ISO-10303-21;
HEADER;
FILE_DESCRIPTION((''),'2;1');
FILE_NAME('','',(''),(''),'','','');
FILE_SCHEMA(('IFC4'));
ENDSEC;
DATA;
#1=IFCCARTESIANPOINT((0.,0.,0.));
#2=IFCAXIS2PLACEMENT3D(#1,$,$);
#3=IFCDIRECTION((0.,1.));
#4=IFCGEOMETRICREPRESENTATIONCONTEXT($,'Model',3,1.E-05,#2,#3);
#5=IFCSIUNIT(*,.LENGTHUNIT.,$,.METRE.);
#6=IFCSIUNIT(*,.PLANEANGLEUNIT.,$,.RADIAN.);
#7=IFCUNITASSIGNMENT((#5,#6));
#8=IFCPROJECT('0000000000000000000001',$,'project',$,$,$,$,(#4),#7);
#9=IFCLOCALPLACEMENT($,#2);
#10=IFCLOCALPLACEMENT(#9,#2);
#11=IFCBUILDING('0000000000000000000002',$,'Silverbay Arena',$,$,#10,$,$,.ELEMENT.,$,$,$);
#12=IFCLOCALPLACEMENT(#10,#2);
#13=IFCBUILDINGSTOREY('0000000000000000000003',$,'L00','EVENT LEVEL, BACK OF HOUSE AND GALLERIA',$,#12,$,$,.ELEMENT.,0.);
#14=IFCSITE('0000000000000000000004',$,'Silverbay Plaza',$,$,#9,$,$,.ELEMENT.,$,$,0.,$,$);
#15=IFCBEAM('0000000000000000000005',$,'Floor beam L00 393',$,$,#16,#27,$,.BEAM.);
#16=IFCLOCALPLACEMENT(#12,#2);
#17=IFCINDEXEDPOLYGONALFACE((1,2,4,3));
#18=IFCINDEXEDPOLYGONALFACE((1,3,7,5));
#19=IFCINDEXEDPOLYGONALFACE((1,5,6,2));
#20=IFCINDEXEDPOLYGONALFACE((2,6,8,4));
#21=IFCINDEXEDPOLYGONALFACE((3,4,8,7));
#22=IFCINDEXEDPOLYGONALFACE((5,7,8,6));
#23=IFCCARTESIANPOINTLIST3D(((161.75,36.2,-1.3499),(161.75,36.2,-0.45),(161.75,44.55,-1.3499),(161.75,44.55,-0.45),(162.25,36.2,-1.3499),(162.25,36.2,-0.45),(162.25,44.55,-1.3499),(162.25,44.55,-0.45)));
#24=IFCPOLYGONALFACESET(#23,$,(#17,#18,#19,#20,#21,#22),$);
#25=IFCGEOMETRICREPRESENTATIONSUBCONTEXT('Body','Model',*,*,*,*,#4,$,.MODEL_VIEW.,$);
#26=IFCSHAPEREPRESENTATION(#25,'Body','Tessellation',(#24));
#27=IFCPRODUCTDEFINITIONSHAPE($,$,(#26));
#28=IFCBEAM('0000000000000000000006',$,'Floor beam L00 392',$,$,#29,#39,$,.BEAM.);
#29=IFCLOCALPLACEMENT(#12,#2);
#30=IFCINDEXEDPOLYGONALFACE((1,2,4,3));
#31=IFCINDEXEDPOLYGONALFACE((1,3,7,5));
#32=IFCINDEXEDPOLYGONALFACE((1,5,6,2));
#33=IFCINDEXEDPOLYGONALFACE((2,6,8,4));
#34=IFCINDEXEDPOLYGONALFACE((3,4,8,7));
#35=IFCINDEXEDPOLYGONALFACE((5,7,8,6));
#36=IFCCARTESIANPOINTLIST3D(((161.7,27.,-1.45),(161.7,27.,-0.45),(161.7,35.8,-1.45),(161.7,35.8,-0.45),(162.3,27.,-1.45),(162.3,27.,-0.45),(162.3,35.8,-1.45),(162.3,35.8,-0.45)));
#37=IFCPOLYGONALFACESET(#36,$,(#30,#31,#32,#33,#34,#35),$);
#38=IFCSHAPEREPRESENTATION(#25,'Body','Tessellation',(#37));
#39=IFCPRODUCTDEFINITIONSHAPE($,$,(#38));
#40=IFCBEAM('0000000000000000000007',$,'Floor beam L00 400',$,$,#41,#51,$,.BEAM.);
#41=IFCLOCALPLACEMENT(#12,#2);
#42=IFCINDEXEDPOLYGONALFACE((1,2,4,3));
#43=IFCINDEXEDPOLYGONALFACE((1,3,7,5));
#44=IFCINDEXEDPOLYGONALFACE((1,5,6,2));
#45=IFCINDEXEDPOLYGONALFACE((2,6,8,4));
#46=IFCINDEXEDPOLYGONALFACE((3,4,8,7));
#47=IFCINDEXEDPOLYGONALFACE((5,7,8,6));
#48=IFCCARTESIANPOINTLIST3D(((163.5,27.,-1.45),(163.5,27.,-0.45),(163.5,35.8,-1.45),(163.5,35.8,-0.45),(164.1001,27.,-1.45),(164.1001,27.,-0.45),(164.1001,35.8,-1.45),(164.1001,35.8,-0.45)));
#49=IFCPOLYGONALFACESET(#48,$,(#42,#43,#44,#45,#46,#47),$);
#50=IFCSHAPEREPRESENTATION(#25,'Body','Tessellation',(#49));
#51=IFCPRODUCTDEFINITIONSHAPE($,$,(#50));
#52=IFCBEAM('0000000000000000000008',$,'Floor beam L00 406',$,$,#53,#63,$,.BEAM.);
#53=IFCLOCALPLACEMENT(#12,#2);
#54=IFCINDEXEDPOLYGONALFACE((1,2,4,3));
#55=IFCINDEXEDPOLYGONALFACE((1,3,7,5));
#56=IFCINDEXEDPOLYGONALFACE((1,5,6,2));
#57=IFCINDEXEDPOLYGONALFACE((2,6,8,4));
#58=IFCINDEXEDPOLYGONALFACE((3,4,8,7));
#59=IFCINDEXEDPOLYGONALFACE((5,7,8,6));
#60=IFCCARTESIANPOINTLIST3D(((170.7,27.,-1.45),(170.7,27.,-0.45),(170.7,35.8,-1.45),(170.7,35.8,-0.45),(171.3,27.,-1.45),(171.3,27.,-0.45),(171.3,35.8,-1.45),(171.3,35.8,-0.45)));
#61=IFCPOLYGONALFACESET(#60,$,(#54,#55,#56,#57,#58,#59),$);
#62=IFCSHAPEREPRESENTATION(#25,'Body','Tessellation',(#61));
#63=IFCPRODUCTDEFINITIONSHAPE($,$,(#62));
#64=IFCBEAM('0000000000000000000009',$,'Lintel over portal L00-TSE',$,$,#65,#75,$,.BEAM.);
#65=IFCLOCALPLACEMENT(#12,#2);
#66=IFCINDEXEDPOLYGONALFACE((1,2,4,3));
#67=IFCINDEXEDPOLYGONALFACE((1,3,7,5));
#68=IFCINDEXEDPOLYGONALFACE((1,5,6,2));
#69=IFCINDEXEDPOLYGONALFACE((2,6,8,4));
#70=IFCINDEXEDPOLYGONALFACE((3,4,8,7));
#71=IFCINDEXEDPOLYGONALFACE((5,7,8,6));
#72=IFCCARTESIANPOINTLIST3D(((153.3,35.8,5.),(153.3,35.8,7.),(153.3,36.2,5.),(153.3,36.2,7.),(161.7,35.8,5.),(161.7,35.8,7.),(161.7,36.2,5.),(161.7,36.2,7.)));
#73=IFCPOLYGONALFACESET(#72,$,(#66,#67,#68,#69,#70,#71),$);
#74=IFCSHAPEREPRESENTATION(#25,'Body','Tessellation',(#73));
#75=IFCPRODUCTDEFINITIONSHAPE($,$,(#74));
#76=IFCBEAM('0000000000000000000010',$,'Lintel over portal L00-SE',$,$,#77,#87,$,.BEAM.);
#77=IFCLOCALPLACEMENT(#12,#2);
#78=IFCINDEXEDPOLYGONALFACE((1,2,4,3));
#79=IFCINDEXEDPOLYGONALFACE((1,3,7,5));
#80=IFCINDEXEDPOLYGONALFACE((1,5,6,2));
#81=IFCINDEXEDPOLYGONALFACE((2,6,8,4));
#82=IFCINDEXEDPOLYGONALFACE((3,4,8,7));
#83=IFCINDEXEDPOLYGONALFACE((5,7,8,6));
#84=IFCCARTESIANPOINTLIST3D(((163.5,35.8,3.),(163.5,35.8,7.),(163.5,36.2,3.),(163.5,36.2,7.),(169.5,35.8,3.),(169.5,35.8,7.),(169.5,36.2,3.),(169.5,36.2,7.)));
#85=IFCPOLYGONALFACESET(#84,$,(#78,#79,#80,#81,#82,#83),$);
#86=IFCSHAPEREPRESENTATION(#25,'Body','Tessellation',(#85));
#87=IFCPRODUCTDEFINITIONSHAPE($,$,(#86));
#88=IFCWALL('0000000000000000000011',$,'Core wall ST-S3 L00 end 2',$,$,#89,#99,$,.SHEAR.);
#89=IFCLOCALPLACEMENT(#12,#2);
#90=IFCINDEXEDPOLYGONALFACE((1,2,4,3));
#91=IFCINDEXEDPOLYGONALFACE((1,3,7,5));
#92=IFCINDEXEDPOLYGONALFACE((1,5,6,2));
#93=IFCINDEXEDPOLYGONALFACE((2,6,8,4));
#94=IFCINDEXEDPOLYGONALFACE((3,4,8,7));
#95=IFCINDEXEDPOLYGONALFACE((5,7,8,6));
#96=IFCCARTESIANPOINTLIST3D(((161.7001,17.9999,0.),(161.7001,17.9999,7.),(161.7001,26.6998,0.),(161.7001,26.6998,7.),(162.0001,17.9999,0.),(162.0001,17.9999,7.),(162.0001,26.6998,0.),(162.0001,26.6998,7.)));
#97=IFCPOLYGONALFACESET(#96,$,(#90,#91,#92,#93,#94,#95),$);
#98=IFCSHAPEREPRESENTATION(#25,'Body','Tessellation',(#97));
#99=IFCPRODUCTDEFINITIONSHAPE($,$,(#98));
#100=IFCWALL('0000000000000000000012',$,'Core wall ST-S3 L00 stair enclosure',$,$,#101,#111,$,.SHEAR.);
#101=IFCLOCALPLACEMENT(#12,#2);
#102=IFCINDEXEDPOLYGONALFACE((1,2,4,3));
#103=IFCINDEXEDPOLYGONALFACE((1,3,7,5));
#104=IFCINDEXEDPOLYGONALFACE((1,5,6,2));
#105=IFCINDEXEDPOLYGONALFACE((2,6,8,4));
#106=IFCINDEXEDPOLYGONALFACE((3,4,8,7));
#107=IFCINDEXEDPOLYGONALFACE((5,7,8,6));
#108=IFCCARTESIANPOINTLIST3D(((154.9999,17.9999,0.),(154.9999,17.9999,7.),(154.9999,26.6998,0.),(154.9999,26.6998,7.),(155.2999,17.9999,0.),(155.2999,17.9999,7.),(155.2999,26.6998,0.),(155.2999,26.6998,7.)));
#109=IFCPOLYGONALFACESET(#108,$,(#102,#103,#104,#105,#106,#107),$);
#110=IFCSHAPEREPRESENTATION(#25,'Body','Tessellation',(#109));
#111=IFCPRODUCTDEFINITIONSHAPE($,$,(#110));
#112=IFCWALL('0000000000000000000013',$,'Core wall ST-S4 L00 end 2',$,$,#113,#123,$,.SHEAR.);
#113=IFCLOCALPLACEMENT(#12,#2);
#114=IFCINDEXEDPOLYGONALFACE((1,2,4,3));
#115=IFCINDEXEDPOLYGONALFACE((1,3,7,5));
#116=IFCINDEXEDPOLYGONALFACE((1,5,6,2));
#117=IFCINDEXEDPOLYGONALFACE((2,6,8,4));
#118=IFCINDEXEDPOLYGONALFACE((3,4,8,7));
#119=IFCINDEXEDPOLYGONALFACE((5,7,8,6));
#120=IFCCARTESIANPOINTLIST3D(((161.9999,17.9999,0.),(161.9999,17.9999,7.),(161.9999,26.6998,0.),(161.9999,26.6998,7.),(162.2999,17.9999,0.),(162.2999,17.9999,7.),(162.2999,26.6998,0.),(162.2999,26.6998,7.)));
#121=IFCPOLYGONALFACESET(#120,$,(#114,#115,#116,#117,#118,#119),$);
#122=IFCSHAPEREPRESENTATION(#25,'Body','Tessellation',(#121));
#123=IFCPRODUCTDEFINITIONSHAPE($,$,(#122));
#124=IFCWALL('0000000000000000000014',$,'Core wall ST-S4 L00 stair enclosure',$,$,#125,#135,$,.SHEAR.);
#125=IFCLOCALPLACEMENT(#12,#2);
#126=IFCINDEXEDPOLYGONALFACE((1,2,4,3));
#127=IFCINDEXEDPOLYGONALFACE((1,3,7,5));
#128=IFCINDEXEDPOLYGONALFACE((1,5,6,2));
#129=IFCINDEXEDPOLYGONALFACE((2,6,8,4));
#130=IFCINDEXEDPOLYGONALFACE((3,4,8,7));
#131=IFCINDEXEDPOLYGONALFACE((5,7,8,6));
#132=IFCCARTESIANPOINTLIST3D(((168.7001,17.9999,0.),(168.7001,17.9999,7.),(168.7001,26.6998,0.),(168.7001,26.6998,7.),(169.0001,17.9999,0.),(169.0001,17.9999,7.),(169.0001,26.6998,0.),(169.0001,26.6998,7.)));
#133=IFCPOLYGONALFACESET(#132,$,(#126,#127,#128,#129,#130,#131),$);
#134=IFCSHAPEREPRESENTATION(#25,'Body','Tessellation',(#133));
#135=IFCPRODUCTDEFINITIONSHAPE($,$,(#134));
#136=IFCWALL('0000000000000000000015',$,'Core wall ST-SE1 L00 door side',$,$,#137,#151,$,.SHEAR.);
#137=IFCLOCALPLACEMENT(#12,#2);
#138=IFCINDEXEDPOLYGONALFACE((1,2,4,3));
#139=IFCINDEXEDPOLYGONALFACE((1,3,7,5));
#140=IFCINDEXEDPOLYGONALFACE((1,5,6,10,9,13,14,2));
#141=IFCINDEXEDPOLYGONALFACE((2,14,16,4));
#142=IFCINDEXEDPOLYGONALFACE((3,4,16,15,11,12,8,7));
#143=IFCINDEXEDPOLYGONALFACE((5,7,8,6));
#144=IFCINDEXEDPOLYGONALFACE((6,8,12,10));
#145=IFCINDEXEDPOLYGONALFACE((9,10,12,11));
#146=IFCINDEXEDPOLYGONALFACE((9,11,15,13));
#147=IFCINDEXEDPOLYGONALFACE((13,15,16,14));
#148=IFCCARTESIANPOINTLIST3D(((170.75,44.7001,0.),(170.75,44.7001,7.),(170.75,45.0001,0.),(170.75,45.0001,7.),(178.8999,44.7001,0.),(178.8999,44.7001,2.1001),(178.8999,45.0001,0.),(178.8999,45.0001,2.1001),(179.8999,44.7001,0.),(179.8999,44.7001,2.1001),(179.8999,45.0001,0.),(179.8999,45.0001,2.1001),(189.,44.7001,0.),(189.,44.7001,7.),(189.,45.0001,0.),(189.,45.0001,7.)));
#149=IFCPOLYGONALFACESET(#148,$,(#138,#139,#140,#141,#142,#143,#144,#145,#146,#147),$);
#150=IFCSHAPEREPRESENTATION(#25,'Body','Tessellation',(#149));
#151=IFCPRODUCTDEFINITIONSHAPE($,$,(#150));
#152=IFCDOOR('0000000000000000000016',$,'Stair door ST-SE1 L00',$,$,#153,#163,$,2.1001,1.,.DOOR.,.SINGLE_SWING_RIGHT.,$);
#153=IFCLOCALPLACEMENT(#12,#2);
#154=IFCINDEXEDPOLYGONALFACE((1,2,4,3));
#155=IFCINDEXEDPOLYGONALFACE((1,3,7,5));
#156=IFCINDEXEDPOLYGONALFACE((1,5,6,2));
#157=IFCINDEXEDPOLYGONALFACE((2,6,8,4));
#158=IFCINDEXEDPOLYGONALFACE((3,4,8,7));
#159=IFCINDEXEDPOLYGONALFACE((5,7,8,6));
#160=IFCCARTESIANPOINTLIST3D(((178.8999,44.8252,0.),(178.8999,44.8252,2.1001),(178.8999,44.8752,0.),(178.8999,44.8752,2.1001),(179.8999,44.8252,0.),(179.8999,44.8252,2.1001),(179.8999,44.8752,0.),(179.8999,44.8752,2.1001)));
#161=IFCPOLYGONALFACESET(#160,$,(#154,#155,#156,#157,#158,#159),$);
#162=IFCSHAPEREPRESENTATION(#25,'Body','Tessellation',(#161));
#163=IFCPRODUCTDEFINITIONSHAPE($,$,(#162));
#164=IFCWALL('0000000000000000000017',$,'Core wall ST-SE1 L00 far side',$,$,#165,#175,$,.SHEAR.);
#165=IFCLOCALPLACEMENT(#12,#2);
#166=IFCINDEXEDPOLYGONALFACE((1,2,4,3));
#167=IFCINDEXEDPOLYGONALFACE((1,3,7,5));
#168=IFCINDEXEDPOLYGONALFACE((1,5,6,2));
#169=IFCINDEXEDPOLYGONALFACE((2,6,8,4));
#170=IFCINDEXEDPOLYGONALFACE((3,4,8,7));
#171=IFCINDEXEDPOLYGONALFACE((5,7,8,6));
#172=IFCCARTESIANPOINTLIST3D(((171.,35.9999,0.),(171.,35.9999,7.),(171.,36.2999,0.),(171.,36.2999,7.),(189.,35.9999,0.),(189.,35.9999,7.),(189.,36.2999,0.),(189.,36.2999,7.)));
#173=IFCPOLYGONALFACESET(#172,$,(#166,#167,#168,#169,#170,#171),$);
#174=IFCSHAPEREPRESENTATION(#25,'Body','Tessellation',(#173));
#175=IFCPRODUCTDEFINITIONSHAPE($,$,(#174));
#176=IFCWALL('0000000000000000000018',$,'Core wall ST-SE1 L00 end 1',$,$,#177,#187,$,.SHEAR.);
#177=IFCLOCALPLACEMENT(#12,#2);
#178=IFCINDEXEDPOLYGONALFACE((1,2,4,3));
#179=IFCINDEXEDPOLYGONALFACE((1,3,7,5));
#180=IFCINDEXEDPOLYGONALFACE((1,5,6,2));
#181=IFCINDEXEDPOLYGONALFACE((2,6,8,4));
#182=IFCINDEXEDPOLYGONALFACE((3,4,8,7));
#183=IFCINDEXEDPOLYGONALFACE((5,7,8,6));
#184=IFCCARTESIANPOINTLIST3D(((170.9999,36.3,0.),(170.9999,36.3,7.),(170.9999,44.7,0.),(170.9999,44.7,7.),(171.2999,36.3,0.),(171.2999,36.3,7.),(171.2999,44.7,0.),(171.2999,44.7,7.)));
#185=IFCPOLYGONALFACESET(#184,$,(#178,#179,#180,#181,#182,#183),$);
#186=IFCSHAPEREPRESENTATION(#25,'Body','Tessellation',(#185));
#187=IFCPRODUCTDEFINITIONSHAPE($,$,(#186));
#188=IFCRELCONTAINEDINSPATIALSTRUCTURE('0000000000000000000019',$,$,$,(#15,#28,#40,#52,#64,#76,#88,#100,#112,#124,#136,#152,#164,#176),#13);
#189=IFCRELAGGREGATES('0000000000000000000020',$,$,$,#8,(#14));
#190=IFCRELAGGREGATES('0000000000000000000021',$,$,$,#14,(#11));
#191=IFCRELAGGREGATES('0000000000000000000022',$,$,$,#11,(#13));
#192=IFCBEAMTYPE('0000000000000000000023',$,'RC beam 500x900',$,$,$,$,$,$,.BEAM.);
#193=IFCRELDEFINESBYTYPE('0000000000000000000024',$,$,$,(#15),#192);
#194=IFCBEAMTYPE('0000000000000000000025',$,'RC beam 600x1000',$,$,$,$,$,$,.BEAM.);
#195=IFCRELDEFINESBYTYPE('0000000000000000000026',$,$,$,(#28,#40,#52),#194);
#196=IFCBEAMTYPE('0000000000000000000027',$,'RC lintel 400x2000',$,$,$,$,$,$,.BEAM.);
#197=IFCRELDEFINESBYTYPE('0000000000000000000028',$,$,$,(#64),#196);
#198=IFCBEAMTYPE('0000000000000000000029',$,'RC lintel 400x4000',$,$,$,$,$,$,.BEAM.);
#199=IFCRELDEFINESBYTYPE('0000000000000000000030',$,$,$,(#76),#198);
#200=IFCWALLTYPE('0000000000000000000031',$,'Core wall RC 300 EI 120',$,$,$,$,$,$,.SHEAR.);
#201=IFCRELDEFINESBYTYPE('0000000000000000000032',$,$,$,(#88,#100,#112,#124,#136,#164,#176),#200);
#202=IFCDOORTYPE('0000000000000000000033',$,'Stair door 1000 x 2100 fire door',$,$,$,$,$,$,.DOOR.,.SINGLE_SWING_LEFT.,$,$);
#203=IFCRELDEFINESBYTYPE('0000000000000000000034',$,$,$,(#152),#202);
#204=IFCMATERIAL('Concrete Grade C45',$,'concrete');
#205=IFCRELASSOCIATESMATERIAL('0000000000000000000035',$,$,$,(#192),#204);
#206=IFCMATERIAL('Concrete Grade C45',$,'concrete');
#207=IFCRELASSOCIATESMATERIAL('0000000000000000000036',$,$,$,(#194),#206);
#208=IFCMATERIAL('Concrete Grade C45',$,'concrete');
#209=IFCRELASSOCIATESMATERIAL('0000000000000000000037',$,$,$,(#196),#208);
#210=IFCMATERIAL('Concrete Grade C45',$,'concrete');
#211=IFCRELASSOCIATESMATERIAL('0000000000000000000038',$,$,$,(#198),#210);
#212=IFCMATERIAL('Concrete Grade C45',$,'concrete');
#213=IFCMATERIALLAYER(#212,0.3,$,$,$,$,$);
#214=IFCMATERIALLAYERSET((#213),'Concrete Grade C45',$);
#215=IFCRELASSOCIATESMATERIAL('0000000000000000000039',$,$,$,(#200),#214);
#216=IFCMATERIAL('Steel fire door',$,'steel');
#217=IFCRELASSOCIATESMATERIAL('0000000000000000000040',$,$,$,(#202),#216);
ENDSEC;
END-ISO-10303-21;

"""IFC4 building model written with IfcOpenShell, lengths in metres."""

from ifc_helpers import new_model, si_unit, direction, frame, frame_2d, origin, origin_2d, place, context, subcontext, project, spatial, rectangle, extrude, material, layer, layer_set, material_profile, profile_set, type_object, element, fill, save


model = new_model("IFC4")

# Units and contexts
model_context = context("Model", 3, precision=1e-05, world=origin(), true_north=direction((0.0, 1.0)))
body_context = subcontext(model_context, "Body", "Model", "MODEL_VIEW")
ifc_project = project(units=[si_unit("LENGTHUNIT", "METRE"), si_unit("PLANEANGLEUNIT", "RADIAN")], contexts=[model_context])

# Site, building, storey
site_placement = place(None, origin())
site = spatial("IfcSite", under=ifc_project, at=site_placement, Name="Silverbay Plaza", CompositionType="ELEMENT", RefElevation=0.0)
building_placement = place(site_placement, origin())
building = spatial("IfcBuilding", under=site, at=building_placement, Name="Silverbay Arena", CompositionType="ELEMENT")
storey_placement = place(building_placement, origin())
storey = spatial("IfcBuildingStorey", under=building, at=storey_placement, Name="L00", Description="EVENT LEVEL, BACK OF HOUSE AND GALLERIA", CompositionType="ELEMENT", Elevation=0.0)

# Beams
ifc_material_1 = material(Name="Concrete Grade C45", Category="concrete")
ifc_material_profile_1 = material_profile(ifc_material_1, rectangle(XDim=0.5, YDim=0.8999, at=origin_2d()), Name="RC 500x900")
ifc_profile_set_1 = profile_set([ifc_material_profile_1], Name="Concrete Grade C45")
beam_type_1 = type_object("IfcBeamType", Name="RC beam 500x900", PredefinedType="BEAM", material=ifc_profile_set_1)
beam_1_placement = place(storey_placement, frame((162.0, 36.2, -0.8999), z_axis=(0.0, 1.0, 0.0), x_axis=(-1.0, 0.0, 0.0)))
element("IfcBeam", 1, at=beam_1_placement, inside=storey, type_object=beam_type_1, Name="Floor beam L00 393", PredefinedType="BEAM", context=body_context, shape_type="SweptSolid", body=[
    extrude(rectangle(XDim=0.5, YDim=0.8999, at=origin_2d()), origin(), (0.0, 0.0, 1.0), 8.3501),
])
ifc_material_2 = material(Name="Concrete Grade C45", Category="concrete")
ifc_material_profile_2 = material_profile(ifc_material_2, rectangle(XDim=0.6001, YDim=1.0, at=origin_2d()), Name="RC 600x1000")
ifc_profile_set_2 = profile_set([ifc_material_profile_2], Name="Concrete Grade C45")
beam_type_2 = type_object("IfcBeamType", Name="RC beam 600x1000", PredefinedType="BEAM", material=ifc_profile_set_2)
for number, where, z_axis, x_axis, name in (
    (2, (162.0, 27.0, -0.95), (0.0, 1.0, 0.0), (-1.0, 0.0, 0.0), "Floor beam L00 392"),
    (3, (163.8, 27.0, -0.95), (0.0, 1.0, 0.0), (-1.0, 0.0, 0.0), "Floor beam L00 400"),
    (4, (171.0, 27.0, -0.95), (0.0, 1.0, 0.0), (-1.0, 0.0, 0.0), "Floor beam L00 406"),
):
    element("IfcBeam", number, at=place(storey_placement, frame(where, z_axis=z_axis, x_axis=x_axis)), inside=storey, type_object=beam_type_2, Name=name, PredefinedType="BEAM", context=body_context, shape_type="SweptSolid", body=[
        extrude(rectangle(XDim=0.6001, YDim=1.0, at=origin_2d()), origin(), (0.0, 0.0, 1.0), 8.8),
    ])
ifc_material_3 = material(Name="Concrete Grade C45", Category="concrete")
ifc_material_profile_3 = material_profile(ifc_material_3, rectangle(XDim=0.3999, YDim=2.0, at=origin_2d()), Name="RC 400x2000")
ifc_profile_set_3 = profile_set([ifc_material_profile_3], Name="Concrete Grade C45")
beam_type_3 = type_object("IfcBeamType", Name="RC lintel 400x2000", PredefinedType="BEAM", material=ifc_profile_set_3)
beam_2_placement = place(storey_placement, frame((153.3, 36.0, 6.0), z_axis=(1.0, 0.0, 0.0), x_axis=(0.0, 1.0, 0.0)))
element("IfcBeam", 5, at=beam_2_placement, inside=storey, type_object=beam_type_3, Name="Lintel over portal L00-TSE", PredefinedType="BEAM", context=body_context, shape_type="SweptSolid", body=[
    extrude(rectangle(XDim=0.3999, YDim=2.0, at=origin_2d()), origin(), (0.0, 0.0, 1.0), 8.3999),
])
ifc_material_4 = material(Name="Concrete Grade C45", Category="concrete")
ifc_material_profile_4 = material_profile(ifc_material_4, rectangle(XDim=0.3999, YDim=4.0, at=origin_2d()), Name="RC 400x4000")
ifc_profile_set_4 = profile_set([ifc_material_profile_4], Name="Concrete Grade C45")
beam_type_4 = type_object("IfcBeamType", Name="RC lintel 400x4000", PredefinedType="BEAM", material=ifc_profile_set_4)
beam_3_placement = place(storey_placement, frame((163.5, 36.0, 5.0), z_axis=(1.0, 0.0, 0.0), x_axis=(0.0, 1.0, 0.0)))
element("IfcBeam", 6, at=beam_3_placement, inside=storey, type_object=beam_type_4, Name="Lintel over portal L00-SE", PredefinedType="BEAM", context=body_context, shape_type="SweptSolid", body=[
    extrude(rectangle(XDim=0.3999, YDim=4.0, at=origin_2d()), origin(), (0.0, 0.0, 1.0), 6.0),
])

# Walls
ifc_material_5 = material(Name="Concrete Grade C45", Category="concrete")
ifc_layer_1 = layer(ifc_material_5, 0.3)
ifc_layer_set_1 = layer_set([ifc_layer_1], Name="Concrete Grade C45")
wall_type_1 = type_object("IfcWallType", Name="Core wall RC 300 EI 120", PredefinedType="SHEAR", material=ifc_layer_set_1)
for number, where, z_axis, x_axis, name in (
    (7, (161.8501, 26.7, 0.0), (0.0, 0.0, 1.0), (0.0, -1.0, 0.0), "Core wall ST-S3 L00 end 2"),
    (8, (155.1499, 26.7, 0.0), (0.0, 0.0, 1.0), (0.0, -1.0, 0.0), "Core wall ST-S3 L00 stair enclosure"),
    (9, (162.1499, 26.7, 0.0), (0.0, 0.0, 1.0), (0.0, -1.0, 0.0), "Core wall ST-S4 L00 end 2"),
    (10, (168.8501, 26.7, 0.0), (0.0, 0.0, 1.0), (0.0, -1.0, 0.0), "Core wall ST-S4 L00 stair enclosure"),
):
    element("IfcWall", number, at=place(storey_placement, frame(where, z_axis=z_axis, x_axis=x_axis)), inside=storey, type_object=wall_type_1, Name=name, PredefinedType="SHEAR", context=body_context, shape_type="SweptSolid", body=[
        extrude(rectangle(XDim=8.7, YDim=0.3, at=frame_2d((4.3501, 0.0))), origin(), (0.0, 0.0, 1.0), 7.0),
    ])

# Wall, opening, door
wall_1_placement = place(storey_placement, frame((170.75, 44.8501, 0.0), z_axis=(0.0, 0.0, 1.0), x_axis=(1.0, 0.0, 0.0)))
wall_1 = element("IfcWall", 11, at=wall_1_placement, inside=storey, type_object=wall_type_1, Name="Core wall ST-SE1 L00 door side", PredefinedType="SHEAR", context=body_context, shape_type="SweptSolid", body=[
    extrude(rectangle(XDim=18.25, YDim=0.3, at=frame_2d((9.125, 0.0))), origin(), (0.0, 0.0, 1.0), 7.0),
])
opening_1_placement = place(wall_1_placement, frame((8.1499, 0.0, 0.0)))
opening_1 = element("IfcOpeningElement", 12, at=opening_1_placement, cuts=wall_1, PredefinedType="OPENING", context=body_context, shape_type="SweptSolid", body=[
    extrude(rectangle(XDim=1.0, YDim=2.1001, at=frame_2d((0.5, 1.05))), frame((0.0, 0.1602, 0.0), z_axis=(0.0, -1.0, 0.0), x_axis=(1.0, 0.0, 0.0)), (0.0, 0.0, 1.0), 0.3201),
])
ifc_material_6 = material(Name="Steel fire door", Category="steel")
door_type_1 = type_object("IfcDoorType", Name="Stair door 1000 x 2100 fire door", OperationType="SINGLE_SWING_LEFT", PredefinedType="DOOR", material=ifc_material_6)
door_1_placement = place(opening_1_placement, frame((1.0, 0.0, 0.0), z_axis=(0.0, 0.0, 1.0), x_axis=(-1.0, 0.0, 0.0)))
door_1 = element("IfcDoor", 13, at=door_1_placement, inside=storey, type_object=door_type_1, Name="Stair door ST-SE1 L00", OperationType="SINGLE_SWING_RIGHT", OverallHeight=2.1001, OverallWidth=1.0, PredefinedType="DOOR", context=body_context, shape_type="SweptSolid", body=[
    extrude(rectangle(XDim=1.0, YDim=2.1001, at=frame_2d((0.5, 1.05))), frame((0.0, 0.0249, 0.0), z_axis=(0.0, -1.0, 0.0), x_axis=(1.0, 0.0, 0.0)), (0.0, 0.0, 1.0), 0.05),
])
fill(opening_1, door_1)

# Walls
wall_2_placement = place(storey_placement, frame((171.0, 36.1499, 0.0), z_axis=(0.0, 0.0, 1.0), x_axis=(1.0, 0.0, 0.0)))
element("IfcWall", 14, at=wall_2_placement, inside=storey, type_object=wall_type_1, Name="Core wall ST-SE1 L00 far side", PredefinedType="SHEAR", context=body_context, shape_type="SweptSolid", body=[
    extrude(rectangle(XDim=18.0, YDim=0.3, at=frame_2d((9.0, 0.0))), origin(), (0.0, 0.0, 1.0), 7.0),
])
wall_3_placement = place(storey_placement, frame((171.1499, 44.7, 0.0), z_axis=(0.0, 0.0, 1.0), x_axis=(0.0, -1.0, 0.0)))
element("IfcWall", 15, at=wall_3_placement, inside=storey, type_object=wall_type_1, Name="Core wall ST-SE1 L00 end 1", PredefinedType="SHEAR", context=body_context, shape_type="SweptSolid", body=[
    extrude(rectangle(XDim=8.3999, YDim=0.3, at=frame_2d((4.2, 0.0))), origin(), (0.0, 0.0, 1.0), 7.0),
])

save(model, "model.ifc")
